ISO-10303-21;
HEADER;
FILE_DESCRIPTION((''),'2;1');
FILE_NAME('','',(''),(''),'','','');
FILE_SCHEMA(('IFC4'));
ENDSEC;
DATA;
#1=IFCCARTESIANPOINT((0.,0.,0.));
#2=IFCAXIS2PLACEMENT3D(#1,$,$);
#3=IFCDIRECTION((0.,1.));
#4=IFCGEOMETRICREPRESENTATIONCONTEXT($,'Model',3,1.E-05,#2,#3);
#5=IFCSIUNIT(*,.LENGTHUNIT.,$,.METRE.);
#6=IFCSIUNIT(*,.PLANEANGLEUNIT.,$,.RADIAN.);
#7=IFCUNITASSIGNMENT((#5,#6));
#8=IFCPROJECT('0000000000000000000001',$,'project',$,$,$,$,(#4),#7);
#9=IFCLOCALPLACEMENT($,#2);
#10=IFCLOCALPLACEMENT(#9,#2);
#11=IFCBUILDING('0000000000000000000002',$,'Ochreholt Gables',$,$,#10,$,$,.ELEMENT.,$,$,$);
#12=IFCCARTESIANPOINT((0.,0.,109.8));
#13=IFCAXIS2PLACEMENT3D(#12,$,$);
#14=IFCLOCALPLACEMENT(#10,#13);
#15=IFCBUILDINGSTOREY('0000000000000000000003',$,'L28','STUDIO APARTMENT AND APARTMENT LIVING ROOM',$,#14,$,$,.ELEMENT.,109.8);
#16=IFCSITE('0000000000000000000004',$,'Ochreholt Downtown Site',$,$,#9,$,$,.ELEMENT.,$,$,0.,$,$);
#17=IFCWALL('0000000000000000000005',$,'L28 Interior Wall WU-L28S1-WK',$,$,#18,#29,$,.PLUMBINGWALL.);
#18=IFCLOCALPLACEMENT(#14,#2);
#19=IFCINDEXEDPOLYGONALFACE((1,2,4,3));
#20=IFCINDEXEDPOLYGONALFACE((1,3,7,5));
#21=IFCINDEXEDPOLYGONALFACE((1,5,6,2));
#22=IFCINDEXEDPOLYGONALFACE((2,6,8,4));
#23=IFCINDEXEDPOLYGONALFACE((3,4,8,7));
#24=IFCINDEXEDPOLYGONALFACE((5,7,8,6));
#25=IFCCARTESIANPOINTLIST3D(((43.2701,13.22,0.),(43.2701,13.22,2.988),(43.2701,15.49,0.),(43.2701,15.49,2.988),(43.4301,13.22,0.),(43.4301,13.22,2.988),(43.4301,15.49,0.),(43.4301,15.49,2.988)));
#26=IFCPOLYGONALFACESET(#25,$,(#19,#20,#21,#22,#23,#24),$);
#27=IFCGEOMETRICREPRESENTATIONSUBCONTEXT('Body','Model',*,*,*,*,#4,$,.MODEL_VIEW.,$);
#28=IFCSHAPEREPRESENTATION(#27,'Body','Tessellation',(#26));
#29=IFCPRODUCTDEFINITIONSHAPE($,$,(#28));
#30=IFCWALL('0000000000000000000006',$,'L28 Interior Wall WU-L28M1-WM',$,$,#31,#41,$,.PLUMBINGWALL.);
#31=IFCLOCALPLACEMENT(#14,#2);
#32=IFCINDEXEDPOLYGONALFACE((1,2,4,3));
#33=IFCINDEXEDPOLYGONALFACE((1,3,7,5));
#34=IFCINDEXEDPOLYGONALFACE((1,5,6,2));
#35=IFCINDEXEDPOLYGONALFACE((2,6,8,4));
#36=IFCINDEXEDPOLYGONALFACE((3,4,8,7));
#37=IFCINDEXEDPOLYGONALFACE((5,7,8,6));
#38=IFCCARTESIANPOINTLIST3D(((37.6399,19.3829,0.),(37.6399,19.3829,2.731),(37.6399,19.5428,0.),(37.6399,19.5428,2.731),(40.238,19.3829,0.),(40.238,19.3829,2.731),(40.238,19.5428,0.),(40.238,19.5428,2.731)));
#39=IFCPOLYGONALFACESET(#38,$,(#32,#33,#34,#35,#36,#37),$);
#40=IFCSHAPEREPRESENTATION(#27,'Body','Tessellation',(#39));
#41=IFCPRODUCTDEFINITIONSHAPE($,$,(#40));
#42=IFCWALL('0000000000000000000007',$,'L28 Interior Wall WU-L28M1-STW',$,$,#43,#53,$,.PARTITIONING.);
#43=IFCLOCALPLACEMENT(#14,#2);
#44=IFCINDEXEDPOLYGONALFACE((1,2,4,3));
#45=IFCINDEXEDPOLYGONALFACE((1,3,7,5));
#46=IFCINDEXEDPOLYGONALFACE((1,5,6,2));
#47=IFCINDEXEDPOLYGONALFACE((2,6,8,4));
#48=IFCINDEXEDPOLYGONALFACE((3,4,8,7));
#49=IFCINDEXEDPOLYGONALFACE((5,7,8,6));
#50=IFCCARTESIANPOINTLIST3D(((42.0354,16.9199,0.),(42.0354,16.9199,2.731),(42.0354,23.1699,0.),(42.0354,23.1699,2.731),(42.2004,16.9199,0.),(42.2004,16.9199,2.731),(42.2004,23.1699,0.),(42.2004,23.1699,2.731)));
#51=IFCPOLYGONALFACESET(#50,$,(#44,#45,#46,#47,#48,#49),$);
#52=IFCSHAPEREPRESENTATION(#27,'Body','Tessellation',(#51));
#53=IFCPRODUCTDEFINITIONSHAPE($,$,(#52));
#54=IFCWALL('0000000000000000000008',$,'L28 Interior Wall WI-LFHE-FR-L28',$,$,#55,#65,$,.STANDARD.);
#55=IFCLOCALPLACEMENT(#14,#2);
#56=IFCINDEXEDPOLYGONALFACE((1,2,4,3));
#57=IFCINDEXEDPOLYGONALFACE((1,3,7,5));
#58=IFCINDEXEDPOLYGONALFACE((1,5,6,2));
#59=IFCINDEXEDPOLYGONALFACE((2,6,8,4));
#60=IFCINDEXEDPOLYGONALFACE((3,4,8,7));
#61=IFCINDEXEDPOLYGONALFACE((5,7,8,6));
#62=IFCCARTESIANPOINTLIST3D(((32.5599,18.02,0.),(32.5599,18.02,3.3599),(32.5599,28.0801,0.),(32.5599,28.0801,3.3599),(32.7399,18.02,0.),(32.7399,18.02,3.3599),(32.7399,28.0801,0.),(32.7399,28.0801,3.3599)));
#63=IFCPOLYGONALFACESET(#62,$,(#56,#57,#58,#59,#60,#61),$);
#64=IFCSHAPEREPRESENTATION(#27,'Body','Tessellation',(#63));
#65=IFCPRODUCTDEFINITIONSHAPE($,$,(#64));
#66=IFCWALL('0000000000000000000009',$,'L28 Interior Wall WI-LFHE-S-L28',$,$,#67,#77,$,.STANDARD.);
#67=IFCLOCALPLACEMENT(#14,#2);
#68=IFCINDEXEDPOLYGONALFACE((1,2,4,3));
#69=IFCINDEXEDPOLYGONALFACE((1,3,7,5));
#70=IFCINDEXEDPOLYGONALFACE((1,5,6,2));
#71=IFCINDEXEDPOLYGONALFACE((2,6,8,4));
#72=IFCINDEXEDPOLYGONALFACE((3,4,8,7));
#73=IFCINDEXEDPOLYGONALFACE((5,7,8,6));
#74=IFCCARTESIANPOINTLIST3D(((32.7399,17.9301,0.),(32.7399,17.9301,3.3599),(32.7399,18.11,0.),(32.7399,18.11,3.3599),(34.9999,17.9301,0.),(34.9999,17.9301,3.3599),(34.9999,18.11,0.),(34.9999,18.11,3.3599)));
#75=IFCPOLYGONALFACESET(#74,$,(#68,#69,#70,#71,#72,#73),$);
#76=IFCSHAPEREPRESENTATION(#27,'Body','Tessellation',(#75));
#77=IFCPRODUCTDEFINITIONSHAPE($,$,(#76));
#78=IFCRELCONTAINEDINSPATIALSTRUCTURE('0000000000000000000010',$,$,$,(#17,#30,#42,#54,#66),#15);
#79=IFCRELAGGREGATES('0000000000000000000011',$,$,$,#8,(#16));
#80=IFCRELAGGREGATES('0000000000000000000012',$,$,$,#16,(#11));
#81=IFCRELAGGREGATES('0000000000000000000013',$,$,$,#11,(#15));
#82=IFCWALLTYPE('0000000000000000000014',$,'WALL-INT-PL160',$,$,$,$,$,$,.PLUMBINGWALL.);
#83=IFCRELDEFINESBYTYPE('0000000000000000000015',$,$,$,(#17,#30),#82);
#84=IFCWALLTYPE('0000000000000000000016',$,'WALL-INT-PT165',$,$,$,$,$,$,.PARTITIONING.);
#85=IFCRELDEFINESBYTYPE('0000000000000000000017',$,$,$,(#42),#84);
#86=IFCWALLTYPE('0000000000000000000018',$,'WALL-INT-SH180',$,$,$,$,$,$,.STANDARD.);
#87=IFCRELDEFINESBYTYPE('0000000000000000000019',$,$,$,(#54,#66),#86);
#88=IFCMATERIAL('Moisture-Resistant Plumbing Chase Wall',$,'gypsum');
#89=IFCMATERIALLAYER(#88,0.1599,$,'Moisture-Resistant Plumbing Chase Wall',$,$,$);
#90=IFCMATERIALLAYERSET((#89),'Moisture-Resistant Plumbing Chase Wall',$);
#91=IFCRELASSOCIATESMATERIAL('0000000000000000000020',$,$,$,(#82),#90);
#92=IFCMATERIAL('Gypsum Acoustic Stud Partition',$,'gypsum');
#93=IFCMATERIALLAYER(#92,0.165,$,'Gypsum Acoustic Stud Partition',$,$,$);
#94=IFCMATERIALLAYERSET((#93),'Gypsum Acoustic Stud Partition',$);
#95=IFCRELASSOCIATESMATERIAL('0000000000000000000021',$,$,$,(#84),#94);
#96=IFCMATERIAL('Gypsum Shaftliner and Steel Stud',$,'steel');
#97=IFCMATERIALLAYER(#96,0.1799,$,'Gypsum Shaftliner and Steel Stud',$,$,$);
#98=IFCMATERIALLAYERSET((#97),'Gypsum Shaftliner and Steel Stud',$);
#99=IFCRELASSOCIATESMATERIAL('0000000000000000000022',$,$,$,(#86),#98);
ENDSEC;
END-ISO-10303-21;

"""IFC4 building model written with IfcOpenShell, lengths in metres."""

from ifc_helpers import new_model, si_unit, direction, frame, frame_2d, origin, place, context, subcontext, project, spatial, rectangle, extrude, material, layer, layer_set, type_object, element, save


model = new_model("IFC4")

# Units and contexts
model_context = context("Model", 3, precision=1e-05, world=origin(), true_north=direction((0.0, 1.0)))
body_context = subcontext(model_context, "Body", "Model", "MODEL_VIEW")
ifc_project = project(units=[si_unit("LENGTHUNIT", "METRE"), si_unit("PLANEANGLEUNIT", "RADIAN")], contexts=[model_context])

# Site, building, storey
site_placement = place(None, origin())
site = spatial("IfcSite", under=ifc_project, at=site_placement, Name="Ochreholt Downtown Site", CompositionType="ELEMENT", RefElevation=0.0)
building_placement = place(site_placement, origin())
building = spatial("IfcBuilding", under=site, at=building_placement, Name="Ochreholt Gables", CompositionType="ELEMENT")
storey_placement = place(building_placement, frame((0.0, 0.0, 109.8)))
storey = spatial("IfcBuildingStorey", under=building, at=storey_placement, Name="L28", Description="STUDIO APARTMENT AND APARTMENT LIVING ROOM", CompositionType="ELEMENT", Elevation=109.8)

# Shared definitions
ifc_material_1 = material(Name="Moisture-Resistant Plumbing Chase Wall", Category="gypsum")
ifc_layer_1 = layer(ifc_material_1, 0.1599, Name="Moisture-Resistant Plumbing Chase Wall")
ifc_layer_set_1 = layer_set([ifc_layer_1], Name="Moisture-Resistant Plumbing Chase Wall")
wall_type_1 = type_object("IfcWallType", Name="WALL-INT-PL160", PredefinedType="PLUMBINGWALL", material=ifc_layer_set_1)

# Wall
wall_1_placement = place(storey_placement, frame((43.3501, 13.22, 0.0), z_axis=(0.0, 0.0, 1.0), x_axis=(0.0, 1.0, 0.0)))
element("IfcWall", 1, at=wall_1_placement, inside=storey, type_object=wall_type_1, Name="L28 Interior Wall WU-L28S1-WK", PredefinedType="PLUMBINGWALL", context=body_context, shape_type="SweptSolid", body=[
    extrude(rectangle(XDim=2.27, YDim=0.1599, at=frame_2d((1.135, 0.0))), origin(), (0.0, 0.0, 1.0), 2.988),
])

# Wall
wall_2_placement = place(storey_placement, frame((37.6399, 19.4629, 0.0), z_axis=(0.0, 0.0, 1.0), x_axis=(1.0, 0.0, 0.0)))
element("IfcWall", 2, at=wall_2_placement, inside=storey, type_object=wall_type_1, Name="L28 Interior Wall WU-L28M1-WM", PredefinedType="PLUMBINGWALL", context=body_context, shape_type="SweptSolid", body=[
    extrude(rectangle(XDim=2.5981, YDim=0.1599, at=frame_2d((1.2991, 0.0))), origin(), (0.0, 0.0, 1.0), 2.731),
])

# Shared definitions
ifc_material_2 = material(Name="Gypsum Acoustic Stud Partition", Category="gypsum")
ifc_layer_2 = layer(ifc_material_2, 0.165, Name="Gypsum Acoustic Stud Partition")
ifc_layer_set_2 = layer_set([ifc_layer_2], Name="Gypsum Acoustic Stud Partition")
wall_type_2 = type_object("IfcWallType", Name="WALL-INT-PT165", PredefinedType="PARTITIONING", material=ifc_layer_set_2)

# Walls
wall_3_placement = place(storey_placement, frame((42.1179, 16.9199, 0.0), z_axis=(0.0, 0.0, 1.0), x_axis=(0.0, 1.0, 0.0)))
element("IfcWall", 3, at=wall_3_placement, inside=storey, type_object=wall_type_2, Name="L28 Interior Wall WU-L28M1-STW", PredefinedType="PARTITIONING", context=body_context, shape_type="SweptSolid", body=[
    extrude(rectangle(XDim=6.25, YDim=0.165, at=frame_2d((3.125, 0.0))), origin(), (0.0, 0.0, 1.0), 2.731),
])
ifc_material_3 = material(Name="Gypsum Shaftliner and Steel Stud", Category="steel")
ifc_layer_3 = layer(ifc_material_3, 0.1799, Name="Gypsum Shaftliner and Steel Stud")
ifc_layer_set_3 = layer_set([ifc_layer_3], Name="Gypsum Shaftliner and Steel Stud")
wall_type_3 = type_object("IfcWallType", Name="WALL-INT-SH180", PredefinedType="STANDARD", material=ifc_layer_set_3)
wall_4_placement = place(storey_placement, frame((32.6499, 18.02, 0.0), z_axis=(0.0, 0.0, 1.0), x_axis=(0.0, 1.0, 0.0)))
element("IfcWall", 4, at=wall_4_placement, inside=storey, type_object=wall_type_3, Name="L28 Interior Wall WI-LFHE-FR-L28", PredefinedType="STANDARD", context=body_context, shape_type="SweptSolid", body=[
    extrude(rectangle(XDim=10.0601, YDim=0.1799, at=frame_2d((5.03, 0.0))), origin(), (0.0, 0.0, 1.0), 3.3599),
])
wall_5_placement = place(storey_placement, frame((32.74, 18.02, 0.0), z_axis=(0.0, 0.0, 1.0), x_axis=(1.0, 0.0, 0.0)))
element("IfcWall", 5, at=wall_5_placement, inside=storey, type_object=wall_type_3, Name="L28 Interior Wall WI-LFHE-S-L28", PredefinedType="STANDARD", context=body_context, shape_type="SweptSolid", body=[
    extrude(rectangle(XDim=2.26, YDim=0.1799, at=frame_2d((1.1299, 0.0))), origin(), (0.0, 0.0, 1.0), 3.3599),
])

save(model, "model.ifc")
